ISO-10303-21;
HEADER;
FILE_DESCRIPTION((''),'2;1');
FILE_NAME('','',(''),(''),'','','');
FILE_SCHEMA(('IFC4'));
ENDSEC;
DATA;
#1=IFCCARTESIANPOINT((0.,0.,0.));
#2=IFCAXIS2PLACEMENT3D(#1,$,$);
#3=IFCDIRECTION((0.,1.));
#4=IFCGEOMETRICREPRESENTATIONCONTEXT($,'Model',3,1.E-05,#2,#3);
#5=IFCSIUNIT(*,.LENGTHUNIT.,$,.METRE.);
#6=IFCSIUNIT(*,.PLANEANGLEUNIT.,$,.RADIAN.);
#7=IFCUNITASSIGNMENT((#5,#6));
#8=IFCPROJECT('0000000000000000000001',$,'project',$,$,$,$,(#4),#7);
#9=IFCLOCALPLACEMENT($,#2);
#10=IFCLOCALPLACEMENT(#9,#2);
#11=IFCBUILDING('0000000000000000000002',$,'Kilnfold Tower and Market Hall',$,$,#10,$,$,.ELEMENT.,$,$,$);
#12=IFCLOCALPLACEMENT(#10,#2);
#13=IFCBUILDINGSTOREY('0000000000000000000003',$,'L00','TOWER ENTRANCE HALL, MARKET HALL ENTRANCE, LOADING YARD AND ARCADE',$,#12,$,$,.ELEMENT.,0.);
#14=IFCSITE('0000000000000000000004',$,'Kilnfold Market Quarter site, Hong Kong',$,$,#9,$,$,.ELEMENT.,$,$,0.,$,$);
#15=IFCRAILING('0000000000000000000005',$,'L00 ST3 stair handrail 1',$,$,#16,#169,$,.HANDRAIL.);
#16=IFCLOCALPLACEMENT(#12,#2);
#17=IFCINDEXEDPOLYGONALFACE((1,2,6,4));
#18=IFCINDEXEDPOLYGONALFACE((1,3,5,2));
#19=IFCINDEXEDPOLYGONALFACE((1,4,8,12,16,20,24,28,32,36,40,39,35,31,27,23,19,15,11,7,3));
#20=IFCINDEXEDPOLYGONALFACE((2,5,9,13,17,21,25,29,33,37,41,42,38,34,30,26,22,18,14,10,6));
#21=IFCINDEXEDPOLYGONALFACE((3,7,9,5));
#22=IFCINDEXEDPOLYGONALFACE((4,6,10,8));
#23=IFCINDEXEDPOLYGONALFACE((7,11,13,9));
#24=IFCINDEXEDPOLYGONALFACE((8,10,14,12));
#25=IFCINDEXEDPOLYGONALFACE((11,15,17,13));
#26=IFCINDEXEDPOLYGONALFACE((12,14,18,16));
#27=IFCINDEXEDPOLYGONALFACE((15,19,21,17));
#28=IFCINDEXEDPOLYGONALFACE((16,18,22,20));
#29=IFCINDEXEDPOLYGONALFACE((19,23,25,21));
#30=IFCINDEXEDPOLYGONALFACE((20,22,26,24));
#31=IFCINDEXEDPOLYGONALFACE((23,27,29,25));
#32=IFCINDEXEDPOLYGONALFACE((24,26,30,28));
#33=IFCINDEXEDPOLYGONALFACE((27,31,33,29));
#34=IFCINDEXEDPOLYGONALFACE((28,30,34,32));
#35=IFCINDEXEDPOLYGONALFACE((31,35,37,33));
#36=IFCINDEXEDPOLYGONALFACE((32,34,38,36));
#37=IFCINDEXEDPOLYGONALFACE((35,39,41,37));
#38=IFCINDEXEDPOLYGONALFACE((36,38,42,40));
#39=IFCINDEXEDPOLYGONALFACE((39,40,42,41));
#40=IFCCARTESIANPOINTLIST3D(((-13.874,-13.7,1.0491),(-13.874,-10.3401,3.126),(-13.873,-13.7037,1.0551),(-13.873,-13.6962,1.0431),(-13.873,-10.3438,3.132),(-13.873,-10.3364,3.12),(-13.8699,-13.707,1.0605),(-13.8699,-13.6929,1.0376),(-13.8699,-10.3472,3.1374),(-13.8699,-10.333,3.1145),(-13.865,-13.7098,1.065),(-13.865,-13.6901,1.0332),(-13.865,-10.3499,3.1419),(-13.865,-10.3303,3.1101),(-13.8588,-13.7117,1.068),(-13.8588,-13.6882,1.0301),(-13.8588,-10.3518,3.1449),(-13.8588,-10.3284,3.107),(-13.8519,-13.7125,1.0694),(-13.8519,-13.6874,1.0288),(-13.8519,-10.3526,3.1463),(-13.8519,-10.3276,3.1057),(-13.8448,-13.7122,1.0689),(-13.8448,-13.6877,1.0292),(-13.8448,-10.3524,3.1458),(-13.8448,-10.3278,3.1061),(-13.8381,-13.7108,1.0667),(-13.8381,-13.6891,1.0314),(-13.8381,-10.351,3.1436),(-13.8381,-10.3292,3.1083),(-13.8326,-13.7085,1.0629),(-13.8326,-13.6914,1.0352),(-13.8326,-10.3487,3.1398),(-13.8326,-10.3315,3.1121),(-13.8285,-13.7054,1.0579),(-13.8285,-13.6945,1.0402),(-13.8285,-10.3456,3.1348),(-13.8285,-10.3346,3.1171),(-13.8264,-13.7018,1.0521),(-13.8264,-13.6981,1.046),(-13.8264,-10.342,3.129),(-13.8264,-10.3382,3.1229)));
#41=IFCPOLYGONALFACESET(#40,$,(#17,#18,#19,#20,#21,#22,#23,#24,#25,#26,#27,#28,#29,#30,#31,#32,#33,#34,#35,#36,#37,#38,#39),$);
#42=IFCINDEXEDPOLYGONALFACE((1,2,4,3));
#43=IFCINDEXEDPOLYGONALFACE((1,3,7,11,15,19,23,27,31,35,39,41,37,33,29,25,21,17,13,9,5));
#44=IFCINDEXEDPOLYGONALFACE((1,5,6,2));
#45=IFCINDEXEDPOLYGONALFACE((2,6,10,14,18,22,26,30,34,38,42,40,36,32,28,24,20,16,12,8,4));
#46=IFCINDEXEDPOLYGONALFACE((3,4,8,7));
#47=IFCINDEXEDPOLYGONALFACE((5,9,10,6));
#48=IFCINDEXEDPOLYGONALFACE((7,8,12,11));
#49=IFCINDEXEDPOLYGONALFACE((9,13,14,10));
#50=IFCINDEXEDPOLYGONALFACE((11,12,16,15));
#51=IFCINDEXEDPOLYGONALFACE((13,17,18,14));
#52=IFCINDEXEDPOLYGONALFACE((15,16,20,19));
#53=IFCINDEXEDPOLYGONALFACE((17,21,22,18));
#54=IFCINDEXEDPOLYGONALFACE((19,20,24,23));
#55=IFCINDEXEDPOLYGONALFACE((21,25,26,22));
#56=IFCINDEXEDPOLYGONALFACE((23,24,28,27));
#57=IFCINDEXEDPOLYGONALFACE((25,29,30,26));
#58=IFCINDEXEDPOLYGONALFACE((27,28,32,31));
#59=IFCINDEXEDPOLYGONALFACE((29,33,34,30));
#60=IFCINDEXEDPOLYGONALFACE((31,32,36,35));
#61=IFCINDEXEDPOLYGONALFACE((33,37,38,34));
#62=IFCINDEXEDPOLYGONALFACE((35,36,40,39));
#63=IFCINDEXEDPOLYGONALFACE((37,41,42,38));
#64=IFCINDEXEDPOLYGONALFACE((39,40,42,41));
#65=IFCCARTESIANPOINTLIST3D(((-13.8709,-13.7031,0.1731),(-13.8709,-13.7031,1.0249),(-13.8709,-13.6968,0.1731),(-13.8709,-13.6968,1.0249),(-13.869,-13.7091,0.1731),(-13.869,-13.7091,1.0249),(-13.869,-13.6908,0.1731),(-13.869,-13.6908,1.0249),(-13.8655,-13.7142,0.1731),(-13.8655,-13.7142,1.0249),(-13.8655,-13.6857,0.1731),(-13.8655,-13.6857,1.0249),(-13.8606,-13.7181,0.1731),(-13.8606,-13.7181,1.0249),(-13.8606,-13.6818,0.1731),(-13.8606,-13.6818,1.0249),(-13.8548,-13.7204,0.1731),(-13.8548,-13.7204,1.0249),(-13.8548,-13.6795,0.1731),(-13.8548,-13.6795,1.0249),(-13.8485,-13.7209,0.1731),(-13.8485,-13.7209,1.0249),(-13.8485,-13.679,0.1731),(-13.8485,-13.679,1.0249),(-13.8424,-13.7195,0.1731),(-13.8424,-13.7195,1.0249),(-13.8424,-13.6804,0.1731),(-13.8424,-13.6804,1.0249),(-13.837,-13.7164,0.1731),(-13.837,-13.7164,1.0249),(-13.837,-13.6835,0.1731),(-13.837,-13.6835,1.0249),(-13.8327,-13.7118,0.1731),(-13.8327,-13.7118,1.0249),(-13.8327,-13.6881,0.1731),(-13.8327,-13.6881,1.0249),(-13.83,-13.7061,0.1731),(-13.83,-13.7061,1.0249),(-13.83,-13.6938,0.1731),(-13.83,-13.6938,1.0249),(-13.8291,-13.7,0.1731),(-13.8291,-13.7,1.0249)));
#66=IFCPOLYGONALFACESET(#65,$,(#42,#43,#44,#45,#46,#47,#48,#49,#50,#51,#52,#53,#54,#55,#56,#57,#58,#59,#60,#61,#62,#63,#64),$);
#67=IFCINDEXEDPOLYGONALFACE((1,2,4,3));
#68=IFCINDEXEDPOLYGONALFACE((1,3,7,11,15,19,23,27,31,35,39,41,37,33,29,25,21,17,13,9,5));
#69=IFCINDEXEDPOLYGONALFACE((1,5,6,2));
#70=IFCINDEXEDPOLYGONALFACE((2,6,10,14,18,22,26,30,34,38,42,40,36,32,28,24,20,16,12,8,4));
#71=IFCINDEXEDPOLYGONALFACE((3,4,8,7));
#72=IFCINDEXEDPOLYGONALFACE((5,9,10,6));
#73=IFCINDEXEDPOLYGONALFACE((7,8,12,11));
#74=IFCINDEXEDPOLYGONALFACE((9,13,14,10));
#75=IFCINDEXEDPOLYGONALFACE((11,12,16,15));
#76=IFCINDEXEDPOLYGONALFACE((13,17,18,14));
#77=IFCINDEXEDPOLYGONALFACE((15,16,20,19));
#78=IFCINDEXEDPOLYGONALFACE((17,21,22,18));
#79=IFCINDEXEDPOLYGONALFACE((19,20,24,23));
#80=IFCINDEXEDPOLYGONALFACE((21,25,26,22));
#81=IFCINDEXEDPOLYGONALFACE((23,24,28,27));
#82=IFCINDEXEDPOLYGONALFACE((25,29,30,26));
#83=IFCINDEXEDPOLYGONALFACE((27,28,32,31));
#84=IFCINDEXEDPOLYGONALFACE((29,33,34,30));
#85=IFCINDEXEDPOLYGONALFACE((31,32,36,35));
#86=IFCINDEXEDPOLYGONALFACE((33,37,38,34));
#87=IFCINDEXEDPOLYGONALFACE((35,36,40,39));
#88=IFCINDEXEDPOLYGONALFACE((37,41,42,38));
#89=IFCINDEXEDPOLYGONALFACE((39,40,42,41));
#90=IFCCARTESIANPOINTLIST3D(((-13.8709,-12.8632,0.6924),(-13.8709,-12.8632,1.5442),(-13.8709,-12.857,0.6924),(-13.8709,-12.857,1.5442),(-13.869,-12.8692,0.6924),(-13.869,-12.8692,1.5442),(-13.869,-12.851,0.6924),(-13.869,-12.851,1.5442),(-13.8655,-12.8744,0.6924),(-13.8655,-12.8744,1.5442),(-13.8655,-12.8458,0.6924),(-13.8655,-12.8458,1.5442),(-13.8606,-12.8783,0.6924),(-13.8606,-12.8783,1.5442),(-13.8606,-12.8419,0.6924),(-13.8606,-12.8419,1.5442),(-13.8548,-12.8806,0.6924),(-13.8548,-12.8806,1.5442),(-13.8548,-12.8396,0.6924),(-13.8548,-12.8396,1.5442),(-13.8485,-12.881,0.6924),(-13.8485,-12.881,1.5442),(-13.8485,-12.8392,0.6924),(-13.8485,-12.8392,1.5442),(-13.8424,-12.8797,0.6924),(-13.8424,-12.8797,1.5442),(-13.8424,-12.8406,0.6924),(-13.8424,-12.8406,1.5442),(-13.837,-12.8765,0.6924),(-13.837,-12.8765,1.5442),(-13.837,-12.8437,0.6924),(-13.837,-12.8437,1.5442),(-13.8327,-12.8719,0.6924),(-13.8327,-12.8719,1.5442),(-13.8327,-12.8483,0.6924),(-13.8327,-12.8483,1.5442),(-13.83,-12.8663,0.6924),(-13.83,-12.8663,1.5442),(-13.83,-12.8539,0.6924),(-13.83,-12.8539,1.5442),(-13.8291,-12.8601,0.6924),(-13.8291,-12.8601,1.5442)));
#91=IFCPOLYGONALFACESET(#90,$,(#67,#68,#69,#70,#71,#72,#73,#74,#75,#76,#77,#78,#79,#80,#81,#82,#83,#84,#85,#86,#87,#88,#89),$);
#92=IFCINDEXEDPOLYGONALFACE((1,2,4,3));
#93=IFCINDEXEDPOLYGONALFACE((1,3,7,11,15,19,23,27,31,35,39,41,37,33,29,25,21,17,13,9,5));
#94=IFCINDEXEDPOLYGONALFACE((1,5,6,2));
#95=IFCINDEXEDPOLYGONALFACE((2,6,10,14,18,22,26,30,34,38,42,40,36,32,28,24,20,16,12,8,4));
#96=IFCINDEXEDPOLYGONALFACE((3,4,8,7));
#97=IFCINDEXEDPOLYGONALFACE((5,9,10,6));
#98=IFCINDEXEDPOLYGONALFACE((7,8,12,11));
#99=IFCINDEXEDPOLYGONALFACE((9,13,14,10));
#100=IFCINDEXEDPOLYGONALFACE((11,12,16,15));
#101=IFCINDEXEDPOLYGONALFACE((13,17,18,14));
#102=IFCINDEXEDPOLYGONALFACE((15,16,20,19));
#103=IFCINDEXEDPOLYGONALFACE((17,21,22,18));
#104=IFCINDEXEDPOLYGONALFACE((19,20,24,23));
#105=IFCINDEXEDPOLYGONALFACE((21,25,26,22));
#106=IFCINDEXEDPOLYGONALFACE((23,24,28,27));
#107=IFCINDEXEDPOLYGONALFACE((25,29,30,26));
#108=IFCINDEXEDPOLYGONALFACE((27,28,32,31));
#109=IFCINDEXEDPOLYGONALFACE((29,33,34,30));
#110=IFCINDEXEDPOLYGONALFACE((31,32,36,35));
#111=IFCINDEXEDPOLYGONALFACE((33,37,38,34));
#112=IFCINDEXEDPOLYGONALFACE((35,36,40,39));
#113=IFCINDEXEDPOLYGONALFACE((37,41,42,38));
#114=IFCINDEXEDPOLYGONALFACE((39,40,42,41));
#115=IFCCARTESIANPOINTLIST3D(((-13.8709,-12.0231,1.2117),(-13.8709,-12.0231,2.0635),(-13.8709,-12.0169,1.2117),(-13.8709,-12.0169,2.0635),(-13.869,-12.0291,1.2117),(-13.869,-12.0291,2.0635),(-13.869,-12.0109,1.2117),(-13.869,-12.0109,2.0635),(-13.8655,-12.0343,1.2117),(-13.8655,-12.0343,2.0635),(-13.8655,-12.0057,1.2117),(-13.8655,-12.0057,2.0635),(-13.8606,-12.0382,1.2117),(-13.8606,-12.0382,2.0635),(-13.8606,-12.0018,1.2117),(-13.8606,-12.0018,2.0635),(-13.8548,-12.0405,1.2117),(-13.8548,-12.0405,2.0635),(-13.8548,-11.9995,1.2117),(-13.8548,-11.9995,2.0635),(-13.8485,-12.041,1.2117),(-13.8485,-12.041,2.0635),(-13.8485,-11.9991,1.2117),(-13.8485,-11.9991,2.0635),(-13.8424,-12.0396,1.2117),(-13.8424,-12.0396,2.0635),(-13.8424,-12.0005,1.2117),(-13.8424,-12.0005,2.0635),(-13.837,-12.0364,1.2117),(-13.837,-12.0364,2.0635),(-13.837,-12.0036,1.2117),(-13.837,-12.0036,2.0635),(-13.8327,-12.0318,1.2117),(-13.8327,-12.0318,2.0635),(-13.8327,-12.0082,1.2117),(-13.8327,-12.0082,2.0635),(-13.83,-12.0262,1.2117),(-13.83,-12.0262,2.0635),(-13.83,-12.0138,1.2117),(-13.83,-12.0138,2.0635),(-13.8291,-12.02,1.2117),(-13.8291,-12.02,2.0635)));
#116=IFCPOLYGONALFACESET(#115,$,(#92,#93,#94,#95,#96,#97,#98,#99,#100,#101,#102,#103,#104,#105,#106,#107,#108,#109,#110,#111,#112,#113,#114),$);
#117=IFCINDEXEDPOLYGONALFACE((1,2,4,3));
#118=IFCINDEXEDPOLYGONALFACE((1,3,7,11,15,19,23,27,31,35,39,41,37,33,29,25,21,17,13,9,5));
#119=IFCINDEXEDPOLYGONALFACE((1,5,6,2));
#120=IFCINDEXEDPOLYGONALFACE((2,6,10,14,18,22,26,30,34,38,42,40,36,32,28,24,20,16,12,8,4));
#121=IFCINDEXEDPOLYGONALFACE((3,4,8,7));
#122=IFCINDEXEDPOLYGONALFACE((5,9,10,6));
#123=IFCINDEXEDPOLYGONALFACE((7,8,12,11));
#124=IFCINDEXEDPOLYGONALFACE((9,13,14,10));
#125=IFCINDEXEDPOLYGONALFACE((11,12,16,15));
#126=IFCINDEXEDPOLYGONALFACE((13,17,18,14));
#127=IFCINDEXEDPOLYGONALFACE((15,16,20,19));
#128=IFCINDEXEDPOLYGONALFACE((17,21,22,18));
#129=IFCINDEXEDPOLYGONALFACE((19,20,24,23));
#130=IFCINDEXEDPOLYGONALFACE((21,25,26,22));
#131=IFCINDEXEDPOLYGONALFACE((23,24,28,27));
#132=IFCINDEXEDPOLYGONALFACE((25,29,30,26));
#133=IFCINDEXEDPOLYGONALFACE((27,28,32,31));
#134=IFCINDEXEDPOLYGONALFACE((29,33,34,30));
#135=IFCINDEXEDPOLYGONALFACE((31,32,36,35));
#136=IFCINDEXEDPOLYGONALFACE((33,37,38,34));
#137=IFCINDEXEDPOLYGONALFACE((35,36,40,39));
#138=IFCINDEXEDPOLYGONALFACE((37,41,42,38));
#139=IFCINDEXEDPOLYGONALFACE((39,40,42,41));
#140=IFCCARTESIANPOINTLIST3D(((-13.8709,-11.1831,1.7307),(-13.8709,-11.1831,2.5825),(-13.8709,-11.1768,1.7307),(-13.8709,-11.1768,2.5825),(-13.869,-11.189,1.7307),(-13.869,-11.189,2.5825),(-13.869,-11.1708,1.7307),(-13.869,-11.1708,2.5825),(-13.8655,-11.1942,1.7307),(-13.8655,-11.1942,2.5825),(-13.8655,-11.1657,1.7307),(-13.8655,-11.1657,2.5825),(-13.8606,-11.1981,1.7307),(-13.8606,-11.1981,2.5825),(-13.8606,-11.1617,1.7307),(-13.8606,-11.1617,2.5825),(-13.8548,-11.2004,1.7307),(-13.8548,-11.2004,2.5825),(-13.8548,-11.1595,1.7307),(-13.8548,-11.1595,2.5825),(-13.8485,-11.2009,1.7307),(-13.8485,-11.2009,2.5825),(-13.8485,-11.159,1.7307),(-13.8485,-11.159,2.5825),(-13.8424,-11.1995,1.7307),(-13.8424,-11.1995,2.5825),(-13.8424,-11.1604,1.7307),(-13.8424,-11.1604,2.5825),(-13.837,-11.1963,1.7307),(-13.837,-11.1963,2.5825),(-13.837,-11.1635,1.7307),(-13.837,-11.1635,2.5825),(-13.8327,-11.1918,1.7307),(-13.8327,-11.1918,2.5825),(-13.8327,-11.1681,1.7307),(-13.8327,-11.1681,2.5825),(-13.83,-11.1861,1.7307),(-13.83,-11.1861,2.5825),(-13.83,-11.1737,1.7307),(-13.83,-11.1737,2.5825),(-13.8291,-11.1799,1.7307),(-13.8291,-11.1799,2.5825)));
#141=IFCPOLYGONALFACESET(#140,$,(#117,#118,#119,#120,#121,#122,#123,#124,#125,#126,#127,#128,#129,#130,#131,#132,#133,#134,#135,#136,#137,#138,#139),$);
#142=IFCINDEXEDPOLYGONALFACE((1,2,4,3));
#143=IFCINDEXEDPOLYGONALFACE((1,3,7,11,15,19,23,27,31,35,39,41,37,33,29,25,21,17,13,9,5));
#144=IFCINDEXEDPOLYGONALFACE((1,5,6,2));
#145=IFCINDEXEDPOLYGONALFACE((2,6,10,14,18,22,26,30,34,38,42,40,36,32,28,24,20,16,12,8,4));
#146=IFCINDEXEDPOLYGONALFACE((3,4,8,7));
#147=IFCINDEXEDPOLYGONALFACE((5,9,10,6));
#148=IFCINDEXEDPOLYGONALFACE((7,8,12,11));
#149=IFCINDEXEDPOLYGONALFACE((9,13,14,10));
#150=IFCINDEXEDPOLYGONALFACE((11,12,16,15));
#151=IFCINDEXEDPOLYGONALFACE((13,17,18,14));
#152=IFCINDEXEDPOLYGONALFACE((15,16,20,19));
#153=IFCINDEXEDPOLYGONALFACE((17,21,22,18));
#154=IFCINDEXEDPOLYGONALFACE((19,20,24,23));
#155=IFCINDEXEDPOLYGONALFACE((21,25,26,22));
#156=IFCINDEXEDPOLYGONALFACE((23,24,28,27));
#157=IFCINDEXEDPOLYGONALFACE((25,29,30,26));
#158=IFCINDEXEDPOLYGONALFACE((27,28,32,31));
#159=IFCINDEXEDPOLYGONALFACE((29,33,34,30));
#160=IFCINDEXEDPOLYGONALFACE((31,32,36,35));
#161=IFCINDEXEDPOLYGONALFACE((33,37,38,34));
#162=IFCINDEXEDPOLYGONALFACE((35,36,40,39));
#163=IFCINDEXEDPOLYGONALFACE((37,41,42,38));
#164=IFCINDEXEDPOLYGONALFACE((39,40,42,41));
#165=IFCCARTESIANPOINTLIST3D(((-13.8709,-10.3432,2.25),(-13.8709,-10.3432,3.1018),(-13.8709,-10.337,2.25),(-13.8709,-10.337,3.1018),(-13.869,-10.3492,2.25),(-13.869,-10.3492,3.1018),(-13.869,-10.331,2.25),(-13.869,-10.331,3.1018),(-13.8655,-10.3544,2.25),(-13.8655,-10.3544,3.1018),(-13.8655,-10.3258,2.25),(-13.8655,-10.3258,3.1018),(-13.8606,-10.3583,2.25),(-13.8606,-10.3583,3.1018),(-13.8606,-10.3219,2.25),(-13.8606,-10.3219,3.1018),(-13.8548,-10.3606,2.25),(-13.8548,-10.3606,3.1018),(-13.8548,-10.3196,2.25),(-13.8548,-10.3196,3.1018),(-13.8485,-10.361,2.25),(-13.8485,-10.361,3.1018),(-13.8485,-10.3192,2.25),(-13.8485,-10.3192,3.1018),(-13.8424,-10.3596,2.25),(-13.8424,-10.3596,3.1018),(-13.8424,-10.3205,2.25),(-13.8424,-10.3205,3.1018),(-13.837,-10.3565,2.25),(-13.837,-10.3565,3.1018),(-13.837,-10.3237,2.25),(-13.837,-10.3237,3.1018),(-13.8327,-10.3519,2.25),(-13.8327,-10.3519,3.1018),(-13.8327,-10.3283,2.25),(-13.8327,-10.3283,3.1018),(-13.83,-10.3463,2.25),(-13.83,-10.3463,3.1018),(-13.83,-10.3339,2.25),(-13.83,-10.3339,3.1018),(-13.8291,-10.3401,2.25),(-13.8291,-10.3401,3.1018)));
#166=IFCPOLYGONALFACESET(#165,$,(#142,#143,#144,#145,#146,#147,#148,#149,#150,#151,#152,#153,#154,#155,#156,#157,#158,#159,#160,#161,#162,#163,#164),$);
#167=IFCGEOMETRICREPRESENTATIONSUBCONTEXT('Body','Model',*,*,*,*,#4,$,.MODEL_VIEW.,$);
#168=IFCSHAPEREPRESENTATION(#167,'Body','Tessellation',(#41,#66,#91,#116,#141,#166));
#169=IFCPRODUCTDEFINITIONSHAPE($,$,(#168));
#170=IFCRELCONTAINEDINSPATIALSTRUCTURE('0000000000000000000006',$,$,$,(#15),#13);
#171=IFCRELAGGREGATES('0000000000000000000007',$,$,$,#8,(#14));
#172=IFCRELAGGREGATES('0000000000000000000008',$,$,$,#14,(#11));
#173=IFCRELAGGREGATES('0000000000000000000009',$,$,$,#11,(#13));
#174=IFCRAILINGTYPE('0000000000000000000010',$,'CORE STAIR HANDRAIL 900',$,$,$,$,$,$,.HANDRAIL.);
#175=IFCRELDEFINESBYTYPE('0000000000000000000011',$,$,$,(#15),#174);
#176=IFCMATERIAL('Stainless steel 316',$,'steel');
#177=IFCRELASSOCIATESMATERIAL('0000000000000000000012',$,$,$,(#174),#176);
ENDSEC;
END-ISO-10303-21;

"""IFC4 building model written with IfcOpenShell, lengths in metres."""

from ifc_helpers import new_model, si_unit, direction, frame, origin, origin_2d, place, context, subcontext, project, spatial, circle, extrude, material, type_object, element, save


model = new_model("IFC4")

# Units and contexts
model_context = context("Model", 3, precision=1e-05, world=origin(), true_north=direction((0.0, 1.0)))
body_context = subcontext(model_context, "Body", "Model", "MODEL_VIEW")
ifc_project = project(units=[si_unit("LENGTHUNIT", "METRE"), si_unit("PLANEANGLEUNIT", "RADIAN")], contexts=[model_context])

# Site, building, storey
site_placement = place(None, origin())
site = spatial("IfcSite", under=ifc_project, at=site_placement, Name="Kilnfold Market Quarter site, Hong Kong", CompositionType="ELEMENT", RefElevation=0.0)
building_placement = place(site_placement, origin())
building = spatial("IfcBuilding", under=site, at=building_placement, Name="Kilnfold Tower and Market Hall", CompositionType="ELEMENT")
storey_placement = place(building_placement, origin())
storey = spatial("IfcBuildingStorey", under=building, at=storey_placement, Name="L00", Description="TOWER ENTRANCE HALL, MARKET HALL ENTRANCE, LOADING YARD AND ARCADE", CompositionType="ELEMENT", Elevation=0.0)

# Railing
ifc_material_1 = material(Name="Stainless steel 316", Category="steel")
railing_type = type_object("IfcRailingType", Name="CORE STAIR HANDRAIL 900", PredefinedType="HANDRAIL", material=ifc_material_1)
for number, where, name in (
    (1, (-13.8501, -13.7, 0.1731), "L00 ST3 stair handrail 1"),
):
    element("IfcRailing", number, at=place(storey_placement, frame(where)), inside=storey, type_object=railing_type, Name=name, PredefinedType="HANDRAIL", context=body_context, shape_type="SweptSolid", body=[
        extrude(circle(Radius=0.0239, at=origin_2d()), frame((0.0, 0.0, 0.876), z_axis=(0.0, 0.850606, 0.525803), x_axis=(-1.0, 0.0, 0.0)), (0.0, 0.0, 1.0), 3.95),
        extrude(circle(Radius=0.021, at=origin_2d()), origin(), (0.0, 0.0, 1.0), 0.8518),
        extrude(circle(Radius=0.021, at=origin_2d()), frame((0.0, 0.8398, 0.5193)), (0.0, 0.0, 1.0), 0.8518),
        extrude(circle(Radius=0.021, at=origin_2d()), frame((0.0, 1.6799, 1.0386)), (0.0, 0.0, 1.0), 0.8518),
        extrude(circle(Radius=0.021, at=origin_2d()), frame((0.0, 2.52, 1.5576)), (0.0, 0.0, 1.0), 0.8518),
        extrude(circle(Radius=0.021, at=origin_2d()), frame((0.0, 3.3599, 2.0769)), (0.0, 0.0, 1.0), 0.8518),
    ])

save(model, "model.ifc")
